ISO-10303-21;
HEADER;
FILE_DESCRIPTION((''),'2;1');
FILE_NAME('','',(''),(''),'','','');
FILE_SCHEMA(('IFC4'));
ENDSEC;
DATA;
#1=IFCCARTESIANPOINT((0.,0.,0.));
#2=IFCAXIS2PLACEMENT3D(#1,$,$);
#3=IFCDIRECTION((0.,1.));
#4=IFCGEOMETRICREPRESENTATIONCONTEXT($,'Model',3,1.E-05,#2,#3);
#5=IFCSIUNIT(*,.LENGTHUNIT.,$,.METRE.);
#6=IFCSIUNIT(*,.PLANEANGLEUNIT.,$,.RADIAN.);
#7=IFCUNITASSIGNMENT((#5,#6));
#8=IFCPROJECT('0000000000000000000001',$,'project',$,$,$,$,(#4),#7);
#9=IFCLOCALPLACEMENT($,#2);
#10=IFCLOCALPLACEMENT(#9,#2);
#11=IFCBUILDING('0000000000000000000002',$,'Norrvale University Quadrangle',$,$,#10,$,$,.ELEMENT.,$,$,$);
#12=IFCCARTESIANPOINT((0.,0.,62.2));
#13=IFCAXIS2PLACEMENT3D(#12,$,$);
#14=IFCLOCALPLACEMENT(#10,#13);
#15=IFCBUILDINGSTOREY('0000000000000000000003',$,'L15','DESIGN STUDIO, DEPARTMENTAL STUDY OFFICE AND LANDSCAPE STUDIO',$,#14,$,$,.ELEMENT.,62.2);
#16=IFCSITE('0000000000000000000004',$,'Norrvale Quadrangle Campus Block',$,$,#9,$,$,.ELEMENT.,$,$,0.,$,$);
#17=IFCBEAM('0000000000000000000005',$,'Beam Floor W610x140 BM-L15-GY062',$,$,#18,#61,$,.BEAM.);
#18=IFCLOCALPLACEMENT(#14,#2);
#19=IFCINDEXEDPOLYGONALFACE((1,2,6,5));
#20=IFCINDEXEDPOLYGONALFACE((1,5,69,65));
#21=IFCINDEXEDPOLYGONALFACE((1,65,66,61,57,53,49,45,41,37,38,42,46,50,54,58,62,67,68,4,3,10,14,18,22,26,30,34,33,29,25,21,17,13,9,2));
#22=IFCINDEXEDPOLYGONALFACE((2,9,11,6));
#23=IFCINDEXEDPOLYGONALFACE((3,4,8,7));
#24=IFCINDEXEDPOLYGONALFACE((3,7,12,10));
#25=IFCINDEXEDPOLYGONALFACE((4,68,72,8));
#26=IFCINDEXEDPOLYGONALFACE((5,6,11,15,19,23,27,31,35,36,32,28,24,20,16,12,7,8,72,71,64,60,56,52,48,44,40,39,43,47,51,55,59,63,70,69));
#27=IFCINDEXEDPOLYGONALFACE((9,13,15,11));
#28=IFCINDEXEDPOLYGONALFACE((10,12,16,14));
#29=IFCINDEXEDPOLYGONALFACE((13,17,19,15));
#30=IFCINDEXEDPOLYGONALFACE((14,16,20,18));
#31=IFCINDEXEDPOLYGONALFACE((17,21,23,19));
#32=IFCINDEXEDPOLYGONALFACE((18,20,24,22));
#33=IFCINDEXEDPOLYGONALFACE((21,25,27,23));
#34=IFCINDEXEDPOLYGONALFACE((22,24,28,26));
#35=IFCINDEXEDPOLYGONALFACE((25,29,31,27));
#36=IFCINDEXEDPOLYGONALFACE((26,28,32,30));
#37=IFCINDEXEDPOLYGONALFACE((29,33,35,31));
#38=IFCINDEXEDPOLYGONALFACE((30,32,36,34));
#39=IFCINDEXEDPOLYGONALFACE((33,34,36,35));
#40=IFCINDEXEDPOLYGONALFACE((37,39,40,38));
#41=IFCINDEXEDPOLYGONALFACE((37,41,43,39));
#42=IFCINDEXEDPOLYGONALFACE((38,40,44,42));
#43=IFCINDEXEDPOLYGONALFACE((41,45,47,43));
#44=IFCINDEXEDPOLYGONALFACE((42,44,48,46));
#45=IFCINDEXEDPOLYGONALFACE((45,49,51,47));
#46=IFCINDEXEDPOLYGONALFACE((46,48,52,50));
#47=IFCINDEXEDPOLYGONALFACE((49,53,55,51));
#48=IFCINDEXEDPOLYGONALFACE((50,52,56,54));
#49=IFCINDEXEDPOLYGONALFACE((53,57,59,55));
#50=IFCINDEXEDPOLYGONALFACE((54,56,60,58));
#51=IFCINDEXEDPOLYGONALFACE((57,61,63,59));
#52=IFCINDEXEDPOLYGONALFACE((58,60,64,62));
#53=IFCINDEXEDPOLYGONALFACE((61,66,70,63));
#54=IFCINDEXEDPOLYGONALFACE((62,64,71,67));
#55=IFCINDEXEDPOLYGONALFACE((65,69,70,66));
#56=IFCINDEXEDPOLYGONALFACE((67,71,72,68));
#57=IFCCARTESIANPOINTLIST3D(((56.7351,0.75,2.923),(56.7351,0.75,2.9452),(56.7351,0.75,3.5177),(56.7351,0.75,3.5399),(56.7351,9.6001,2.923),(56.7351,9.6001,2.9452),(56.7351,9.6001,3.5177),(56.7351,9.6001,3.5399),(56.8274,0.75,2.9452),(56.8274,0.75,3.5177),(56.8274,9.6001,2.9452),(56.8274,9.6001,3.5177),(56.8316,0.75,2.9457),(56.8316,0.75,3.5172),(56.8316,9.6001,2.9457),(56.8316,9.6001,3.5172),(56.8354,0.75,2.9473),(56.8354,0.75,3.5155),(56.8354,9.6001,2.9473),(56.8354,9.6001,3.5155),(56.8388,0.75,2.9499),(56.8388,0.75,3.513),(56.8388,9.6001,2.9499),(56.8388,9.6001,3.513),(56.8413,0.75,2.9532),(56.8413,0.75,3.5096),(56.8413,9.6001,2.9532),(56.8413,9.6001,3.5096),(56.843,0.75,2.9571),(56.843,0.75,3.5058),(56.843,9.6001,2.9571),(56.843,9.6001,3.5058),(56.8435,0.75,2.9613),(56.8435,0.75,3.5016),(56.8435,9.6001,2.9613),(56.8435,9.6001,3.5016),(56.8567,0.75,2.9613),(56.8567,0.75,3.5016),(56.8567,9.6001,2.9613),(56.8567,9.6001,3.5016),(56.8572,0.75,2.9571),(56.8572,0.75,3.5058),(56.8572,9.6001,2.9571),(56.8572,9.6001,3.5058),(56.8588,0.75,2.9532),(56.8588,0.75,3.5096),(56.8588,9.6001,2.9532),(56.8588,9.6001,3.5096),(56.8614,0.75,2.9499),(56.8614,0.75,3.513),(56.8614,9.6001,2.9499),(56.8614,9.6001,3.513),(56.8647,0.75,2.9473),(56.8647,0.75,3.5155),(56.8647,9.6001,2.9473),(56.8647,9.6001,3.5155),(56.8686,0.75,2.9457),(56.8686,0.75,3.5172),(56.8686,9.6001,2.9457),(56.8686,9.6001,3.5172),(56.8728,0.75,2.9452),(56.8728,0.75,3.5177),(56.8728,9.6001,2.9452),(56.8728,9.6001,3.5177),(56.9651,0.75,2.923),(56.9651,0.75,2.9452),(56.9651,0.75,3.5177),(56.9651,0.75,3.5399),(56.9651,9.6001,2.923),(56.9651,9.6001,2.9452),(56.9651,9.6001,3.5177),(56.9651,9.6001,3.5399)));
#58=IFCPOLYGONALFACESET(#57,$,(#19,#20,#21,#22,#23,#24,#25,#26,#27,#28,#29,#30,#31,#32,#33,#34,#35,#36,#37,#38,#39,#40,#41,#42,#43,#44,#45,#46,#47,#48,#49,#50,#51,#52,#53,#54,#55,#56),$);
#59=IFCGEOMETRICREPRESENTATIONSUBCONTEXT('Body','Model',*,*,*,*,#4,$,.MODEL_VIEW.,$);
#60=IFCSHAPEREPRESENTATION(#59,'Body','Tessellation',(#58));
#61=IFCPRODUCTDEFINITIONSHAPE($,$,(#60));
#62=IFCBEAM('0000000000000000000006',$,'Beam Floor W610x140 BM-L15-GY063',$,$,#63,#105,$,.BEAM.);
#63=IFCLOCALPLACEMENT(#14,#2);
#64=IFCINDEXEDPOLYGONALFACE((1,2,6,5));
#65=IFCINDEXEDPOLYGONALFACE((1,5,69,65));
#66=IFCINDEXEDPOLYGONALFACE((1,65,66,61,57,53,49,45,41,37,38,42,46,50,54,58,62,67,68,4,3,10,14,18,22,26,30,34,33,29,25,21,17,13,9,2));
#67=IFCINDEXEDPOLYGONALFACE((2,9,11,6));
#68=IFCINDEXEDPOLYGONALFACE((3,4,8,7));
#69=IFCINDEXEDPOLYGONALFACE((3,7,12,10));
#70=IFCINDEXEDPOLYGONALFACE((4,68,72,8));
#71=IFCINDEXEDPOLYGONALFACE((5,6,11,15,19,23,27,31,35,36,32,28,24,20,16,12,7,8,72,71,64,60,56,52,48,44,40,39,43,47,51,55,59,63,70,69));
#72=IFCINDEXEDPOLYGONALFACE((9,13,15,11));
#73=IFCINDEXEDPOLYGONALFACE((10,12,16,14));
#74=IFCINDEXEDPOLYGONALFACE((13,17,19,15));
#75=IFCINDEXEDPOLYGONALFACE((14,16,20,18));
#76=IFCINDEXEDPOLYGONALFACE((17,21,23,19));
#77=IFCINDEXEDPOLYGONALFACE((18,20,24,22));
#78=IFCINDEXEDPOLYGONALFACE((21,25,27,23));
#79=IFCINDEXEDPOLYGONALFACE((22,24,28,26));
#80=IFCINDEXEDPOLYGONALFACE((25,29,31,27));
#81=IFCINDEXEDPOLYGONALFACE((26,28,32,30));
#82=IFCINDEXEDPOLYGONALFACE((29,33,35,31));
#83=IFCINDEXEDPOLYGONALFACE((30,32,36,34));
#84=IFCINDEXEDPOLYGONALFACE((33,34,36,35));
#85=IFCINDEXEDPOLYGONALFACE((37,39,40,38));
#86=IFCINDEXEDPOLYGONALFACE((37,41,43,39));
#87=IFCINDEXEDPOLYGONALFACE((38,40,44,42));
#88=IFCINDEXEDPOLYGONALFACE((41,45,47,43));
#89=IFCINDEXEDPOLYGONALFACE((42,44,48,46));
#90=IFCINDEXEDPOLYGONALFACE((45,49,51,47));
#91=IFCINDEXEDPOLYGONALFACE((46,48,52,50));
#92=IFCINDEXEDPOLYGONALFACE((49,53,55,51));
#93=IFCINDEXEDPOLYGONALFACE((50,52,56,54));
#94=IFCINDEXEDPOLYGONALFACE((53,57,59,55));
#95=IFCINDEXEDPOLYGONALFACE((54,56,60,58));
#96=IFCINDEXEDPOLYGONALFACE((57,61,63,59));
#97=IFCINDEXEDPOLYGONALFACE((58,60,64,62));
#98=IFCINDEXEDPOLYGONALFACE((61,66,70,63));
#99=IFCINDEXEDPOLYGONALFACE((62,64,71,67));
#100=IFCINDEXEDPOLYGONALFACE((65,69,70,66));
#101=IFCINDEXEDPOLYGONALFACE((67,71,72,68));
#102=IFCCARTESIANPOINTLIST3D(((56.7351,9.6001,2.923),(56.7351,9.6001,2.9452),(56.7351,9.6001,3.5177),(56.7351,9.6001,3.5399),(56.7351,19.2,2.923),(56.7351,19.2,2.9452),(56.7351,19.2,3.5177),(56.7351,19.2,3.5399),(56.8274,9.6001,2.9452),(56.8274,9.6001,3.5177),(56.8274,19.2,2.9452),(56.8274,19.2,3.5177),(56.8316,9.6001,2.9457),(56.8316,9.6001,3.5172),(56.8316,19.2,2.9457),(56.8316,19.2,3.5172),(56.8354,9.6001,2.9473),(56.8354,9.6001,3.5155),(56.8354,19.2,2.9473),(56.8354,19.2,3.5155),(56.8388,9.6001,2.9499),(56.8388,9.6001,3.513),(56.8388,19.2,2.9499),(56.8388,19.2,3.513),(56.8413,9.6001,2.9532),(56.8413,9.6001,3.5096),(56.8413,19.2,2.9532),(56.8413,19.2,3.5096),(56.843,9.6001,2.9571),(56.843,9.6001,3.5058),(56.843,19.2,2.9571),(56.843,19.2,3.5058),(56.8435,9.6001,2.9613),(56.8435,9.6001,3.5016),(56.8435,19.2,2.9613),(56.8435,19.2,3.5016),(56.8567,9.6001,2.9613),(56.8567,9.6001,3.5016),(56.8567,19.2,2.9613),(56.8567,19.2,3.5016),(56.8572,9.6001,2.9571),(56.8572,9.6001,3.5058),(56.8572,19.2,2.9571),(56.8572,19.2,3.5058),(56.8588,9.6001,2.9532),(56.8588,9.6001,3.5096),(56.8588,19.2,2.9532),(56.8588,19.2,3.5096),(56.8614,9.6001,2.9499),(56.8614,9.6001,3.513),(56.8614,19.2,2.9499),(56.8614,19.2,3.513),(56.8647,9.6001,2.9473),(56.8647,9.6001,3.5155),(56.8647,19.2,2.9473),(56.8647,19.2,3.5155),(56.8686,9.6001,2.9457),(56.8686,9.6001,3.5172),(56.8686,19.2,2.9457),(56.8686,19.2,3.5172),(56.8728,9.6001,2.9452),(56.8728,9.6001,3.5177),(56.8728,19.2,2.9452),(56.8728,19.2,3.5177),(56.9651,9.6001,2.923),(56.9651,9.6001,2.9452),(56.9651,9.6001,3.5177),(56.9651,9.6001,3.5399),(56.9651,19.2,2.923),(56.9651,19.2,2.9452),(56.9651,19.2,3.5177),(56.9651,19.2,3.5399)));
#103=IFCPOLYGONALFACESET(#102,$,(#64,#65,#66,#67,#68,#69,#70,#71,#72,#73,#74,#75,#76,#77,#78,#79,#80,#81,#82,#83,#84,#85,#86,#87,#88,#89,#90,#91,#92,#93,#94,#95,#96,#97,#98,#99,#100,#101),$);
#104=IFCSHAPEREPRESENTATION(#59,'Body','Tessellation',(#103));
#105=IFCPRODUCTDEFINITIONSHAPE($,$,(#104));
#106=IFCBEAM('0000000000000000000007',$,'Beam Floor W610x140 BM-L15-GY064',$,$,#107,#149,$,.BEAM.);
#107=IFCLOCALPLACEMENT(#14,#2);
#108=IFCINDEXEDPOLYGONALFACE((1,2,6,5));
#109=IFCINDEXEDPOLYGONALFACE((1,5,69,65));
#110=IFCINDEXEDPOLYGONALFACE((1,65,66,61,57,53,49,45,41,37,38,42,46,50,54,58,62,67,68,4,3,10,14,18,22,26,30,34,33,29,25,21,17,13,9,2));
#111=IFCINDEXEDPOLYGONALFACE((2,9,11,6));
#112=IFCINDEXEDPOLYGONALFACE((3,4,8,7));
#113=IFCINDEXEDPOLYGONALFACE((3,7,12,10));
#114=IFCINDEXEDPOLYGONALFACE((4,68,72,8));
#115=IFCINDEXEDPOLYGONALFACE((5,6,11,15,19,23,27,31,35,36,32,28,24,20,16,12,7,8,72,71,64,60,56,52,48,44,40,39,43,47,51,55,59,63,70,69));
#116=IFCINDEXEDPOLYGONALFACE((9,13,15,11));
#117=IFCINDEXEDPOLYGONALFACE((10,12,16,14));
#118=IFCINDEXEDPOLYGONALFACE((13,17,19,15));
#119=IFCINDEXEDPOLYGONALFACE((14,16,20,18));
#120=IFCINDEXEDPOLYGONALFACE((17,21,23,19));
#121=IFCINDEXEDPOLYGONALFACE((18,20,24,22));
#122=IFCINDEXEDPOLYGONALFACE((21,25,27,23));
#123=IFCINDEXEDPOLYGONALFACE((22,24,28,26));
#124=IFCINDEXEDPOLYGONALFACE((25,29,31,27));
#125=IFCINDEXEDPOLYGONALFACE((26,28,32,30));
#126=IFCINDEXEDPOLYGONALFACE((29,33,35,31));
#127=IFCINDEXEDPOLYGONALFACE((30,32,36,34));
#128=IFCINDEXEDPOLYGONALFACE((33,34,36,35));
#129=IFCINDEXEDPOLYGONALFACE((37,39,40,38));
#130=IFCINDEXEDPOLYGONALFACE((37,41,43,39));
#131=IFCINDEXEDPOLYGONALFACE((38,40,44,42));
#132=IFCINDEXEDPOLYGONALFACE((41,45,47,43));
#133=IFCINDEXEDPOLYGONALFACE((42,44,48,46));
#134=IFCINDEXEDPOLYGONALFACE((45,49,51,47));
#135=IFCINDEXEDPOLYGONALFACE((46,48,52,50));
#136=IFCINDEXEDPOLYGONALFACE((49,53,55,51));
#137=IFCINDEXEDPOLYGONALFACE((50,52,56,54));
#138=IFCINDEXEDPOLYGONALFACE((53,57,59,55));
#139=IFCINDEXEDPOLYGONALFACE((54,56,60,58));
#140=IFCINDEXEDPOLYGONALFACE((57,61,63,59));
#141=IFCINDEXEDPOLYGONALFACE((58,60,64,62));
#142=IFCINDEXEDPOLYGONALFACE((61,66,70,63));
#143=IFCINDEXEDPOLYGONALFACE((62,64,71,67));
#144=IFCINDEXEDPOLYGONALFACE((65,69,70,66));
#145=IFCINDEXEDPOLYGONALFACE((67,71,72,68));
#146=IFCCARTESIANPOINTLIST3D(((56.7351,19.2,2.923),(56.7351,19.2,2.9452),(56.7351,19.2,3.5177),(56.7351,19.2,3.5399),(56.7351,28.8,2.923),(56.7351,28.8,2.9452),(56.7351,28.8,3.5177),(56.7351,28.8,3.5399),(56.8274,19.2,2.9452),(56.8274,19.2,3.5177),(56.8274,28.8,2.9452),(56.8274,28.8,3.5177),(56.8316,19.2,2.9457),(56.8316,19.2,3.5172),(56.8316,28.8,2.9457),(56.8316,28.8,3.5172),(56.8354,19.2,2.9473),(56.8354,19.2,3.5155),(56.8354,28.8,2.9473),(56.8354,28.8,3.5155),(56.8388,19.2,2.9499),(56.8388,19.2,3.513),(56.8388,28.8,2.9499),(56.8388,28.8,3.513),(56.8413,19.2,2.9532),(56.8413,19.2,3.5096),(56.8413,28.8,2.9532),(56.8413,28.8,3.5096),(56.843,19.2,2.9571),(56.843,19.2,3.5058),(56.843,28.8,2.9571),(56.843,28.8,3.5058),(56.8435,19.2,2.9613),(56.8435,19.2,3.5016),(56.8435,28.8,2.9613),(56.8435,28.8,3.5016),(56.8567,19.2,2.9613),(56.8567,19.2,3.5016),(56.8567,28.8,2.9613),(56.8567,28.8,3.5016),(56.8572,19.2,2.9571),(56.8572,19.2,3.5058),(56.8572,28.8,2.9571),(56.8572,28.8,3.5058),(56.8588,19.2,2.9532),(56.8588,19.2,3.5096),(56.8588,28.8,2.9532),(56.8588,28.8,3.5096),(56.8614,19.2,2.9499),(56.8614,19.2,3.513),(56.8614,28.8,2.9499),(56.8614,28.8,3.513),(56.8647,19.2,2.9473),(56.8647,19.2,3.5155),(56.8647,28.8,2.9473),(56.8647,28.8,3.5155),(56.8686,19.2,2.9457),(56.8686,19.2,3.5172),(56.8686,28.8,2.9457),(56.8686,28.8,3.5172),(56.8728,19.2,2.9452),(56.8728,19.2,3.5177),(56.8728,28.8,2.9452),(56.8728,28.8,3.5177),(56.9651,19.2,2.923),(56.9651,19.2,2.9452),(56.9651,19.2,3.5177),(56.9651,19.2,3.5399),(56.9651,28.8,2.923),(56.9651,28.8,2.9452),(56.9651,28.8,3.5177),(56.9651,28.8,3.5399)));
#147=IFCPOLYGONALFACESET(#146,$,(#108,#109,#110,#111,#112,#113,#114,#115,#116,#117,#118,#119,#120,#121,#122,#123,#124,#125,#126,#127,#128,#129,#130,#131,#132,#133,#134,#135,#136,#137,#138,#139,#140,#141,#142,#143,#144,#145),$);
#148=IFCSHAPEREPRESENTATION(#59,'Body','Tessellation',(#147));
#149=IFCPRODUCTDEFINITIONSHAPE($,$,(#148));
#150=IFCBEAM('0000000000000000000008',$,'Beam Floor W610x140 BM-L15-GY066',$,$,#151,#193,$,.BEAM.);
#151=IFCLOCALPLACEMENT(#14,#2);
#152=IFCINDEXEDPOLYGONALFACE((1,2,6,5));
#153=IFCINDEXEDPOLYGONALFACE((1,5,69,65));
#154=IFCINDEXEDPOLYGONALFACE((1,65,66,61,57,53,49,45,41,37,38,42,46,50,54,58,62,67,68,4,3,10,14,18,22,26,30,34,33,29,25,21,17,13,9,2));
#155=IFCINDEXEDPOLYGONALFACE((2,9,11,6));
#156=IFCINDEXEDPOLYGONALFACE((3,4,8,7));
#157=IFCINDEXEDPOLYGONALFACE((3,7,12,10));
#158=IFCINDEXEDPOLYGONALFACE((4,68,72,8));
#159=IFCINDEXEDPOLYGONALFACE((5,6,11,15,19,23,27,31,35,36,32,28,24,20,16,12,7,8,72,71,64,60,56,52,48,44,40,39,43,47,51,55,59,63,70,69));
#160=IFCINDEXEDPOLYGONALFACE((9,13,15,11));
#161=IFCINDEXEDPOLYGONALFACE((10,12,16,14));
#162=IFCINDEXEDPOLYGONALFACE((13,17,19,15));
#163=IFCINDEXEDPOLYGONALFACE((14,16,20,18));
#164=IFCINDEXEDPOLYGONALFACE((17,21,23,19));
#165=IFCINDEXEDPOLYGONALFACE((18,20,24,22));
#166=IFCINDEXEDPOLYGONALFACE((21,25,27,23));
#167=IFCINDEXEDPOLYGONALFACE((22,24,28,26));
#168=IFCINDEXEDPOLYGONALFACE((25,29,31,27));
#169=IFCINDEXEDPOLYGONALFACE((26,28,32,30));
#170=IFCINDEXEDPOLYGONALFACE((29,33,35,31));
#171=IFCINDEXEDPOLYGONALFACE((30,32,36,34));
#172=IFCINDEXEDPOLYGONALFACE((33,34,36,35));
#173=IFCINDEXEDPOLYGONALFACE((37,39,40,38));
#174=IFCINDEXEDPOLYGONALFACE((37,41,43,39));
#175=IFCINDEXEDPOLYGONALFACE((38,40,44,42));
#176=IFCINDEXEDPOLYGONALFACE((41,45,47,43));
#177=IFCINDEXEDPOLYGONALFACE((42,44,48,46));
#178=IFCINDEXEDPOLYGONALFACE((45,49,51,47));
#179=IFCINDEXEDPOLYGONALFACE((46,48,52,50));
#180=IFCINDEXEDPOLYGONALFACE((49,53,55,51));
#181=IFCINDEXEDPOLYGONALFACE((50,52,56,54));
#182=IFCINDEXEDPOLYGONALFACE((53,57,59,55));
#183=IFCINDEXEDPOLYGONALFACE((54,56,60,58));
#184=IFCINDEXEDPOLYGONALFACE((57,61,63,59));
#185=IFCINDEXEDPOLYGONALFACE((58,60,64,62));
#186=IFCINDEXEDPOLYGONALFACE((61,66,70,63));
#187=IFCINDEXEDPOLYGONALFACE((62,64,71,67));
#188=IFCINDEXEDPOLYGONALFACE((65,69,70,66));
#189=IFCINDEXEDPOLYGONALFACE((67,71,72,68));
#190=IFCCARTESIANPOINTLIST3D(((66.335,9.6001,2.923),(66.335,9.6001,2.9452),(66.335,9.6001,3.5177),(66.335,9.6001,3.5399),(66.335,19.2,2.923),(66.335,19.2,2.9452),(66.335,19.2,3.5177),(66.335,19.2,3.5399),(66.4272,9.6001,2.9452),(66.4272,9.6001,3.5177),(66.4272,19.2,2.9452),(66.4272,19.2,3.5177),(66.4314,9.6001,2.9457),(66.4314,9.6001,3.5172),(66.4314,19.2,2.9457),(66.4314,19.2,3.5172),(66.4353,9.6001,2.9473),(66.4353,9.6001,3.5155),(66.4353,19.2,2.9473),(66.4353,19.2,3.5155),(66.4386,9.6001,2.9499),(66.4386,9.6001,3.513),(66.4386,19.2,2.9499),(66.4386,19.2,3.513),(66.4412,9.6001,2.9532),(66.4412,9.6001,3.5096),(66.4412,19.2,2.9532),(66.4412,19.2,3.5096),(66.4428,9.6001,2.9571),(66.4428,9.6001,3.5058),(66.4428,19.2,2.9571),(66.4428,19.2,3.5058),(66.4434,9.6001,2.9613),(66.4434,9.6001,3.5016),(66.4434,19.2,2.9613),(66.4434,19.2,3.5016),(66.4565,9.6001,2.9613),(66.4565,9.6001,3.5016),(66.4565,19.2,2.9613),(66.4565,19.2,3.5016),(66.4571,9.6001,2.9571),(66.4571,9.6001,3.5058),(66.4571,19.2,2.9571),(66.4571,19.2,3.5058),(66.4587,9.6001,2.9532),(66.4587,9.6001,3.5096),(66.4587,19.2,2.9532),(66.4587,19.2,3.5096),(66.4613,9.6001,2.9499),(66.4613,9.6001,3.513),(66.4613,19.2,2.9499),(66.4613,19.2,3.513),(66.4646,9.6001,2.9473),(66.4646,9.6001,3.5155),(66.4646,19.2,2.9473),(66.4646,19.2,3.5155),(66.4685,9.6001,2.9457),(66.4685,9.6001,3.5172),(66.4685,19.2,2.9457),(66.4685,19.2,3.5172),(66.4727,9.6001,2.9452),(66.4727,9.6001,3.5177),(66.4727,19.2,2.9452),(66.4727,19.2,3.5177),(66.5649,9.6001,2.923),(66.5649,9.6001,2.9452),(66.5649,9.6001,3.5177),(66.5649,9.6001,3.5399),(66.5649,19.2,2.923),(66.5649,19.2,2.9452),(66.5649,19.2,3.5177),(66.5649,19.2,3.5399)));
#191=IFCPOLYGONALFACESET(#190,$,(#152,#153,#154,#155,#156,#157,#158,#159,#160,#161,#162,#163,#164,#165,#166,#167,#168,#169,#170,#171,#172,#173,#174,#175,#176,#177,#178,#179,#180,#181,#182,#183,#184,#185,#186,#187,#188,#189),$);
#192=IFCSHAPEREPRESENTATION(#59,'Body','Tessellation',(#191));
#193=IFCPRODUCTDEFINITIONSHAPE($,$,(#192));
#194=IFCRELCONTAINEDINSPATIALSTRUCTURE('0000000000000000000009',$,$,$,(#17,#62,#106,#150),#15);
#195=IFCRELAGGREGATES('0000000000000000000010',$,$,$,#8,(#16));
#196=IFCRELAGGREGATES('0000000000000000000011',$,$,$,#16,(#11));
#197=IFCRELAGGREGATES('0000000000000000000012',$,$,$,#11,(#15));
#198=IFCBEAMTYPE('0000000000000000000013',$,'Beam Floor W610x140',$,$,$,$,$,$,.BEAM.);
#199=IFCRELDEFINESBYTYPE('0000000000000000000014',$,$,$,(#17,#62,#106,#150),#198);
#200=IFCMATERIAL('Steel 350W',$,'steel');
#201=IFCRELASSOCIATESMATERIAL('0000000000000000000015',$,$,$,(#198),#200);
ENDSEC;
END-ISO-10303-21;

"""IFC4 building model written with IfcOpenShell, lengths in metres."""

from ifc_helpers import new_model, si_unit, direction, frame, origin, origin_2d, place, context, subcontext, project, spatial, i_section, extrude, material, material_profile, profile_set, type_object, element, save


model = new_model("IFC4")

# Units and contexts
model_context = context("Model", 3, precision=1e-05, world=origin(), true_north=direction((0.0, 1.0)))
body_context = subcontext(model_context, "Body", "Model", "MODEL_VIEW")
ifc_project = project(units=[si_unit("LENGTHUNIT", "METRE"), si_unit("PLANEANGLEUNIT", "RADIAN")], contexts=[model_context])

# Site, building, storey
site_placement = place(None, origin())
site = spatial("IfcSite", under=ifc_project, at=site_placement, Name="Norrvale Quadrangle Campus Block", CompositionType="ELEMENT", RefElevation=0.0)
building_placement = place(site_placement, origin())
building = spatial("IfcBuilding", under=site, at=building_placement, Name="Norrvale University Quadrangle", CompositionType="ELEMENT")
storey_placement = place(building_placement, frame((0.0, 0.0, 62.2)))
storey = spatial("IfcBuildingStorey", under=building, at=storey_placement, Name="L15", Description="DESIGN STUDIO, DEPARTMENTAL STUDY OFFICE AND LANDSCAPE STUDIO", CompositionType="ELEMENT", Elevation=62.2)

# Beams
ifc_material_1 = material(Name="Steel 350W", Category="steel")
ifc_material_profile_1 = material_profile(ifc_material_1, i_section(OverallWidth=0.23, OverallDepth=0.6169, WebThickness=0.0132, FlangeThickness=0.0222, FilletRadius=0.0161, at=origin_2d()), Name="Steel 350W")
ifc_profile_set_1 = profile_set([ifc_material_profile_1], Name="Steel 350W")
beam_type_1 = type_object("IfcBeamType", Name="Beam Floor W610x140", PredefinedType="BEAM", material=ifc_profile_set_1)
beam_1_placement = place(storey_placement, frame((56.8501, 0.75, 3.2314), z_axis=(0.0, 1.0, 0.0), x_axis=(-1.0, 0.0, 0.0)))
element("IfcBeam", 1, at=beam_1_placement, inside=storey, type_object=beam_type_1, Name="Beam Floor W610x140 BM-L15-GY062", PredefinedType="BEAM", context=body_context, shape_type="SweptSolid", body=[
    extrude(i_section(OverallWidth=0.23, OverallDepth=0.6169, WebThickness=0.0132, FlangeThickness=0.0222, FilletRadius=0.0161, at=origin_2d()), origin(), (0.0, 0.0, 1.0), 8.8501),
])
beam_2_placement = place(storey_placement, frame((56.8501, 9.6001, 3.2314), z_axis=(0.0, 1.0, 0.0), x_axis=(-1.0, 0.0, 0.0)))
element("IfcBeam", 2, at=beam_2_placement, inside=storey, type_object=beam_type_1, Name="Beam Floor W610x140 BM-L15-GY063", PredefinedType="BEAM", context=body_context, shape_type="SweptSolid", body=[
    extrude(i_section(OverallWidth=0.23, OverallDepth=0.6169, WebThickness=0.0132, FlangeThickness=0.0222, FilletRadius=0.0161, at=origin_2d()), origin(), (0.0, 0.0, 1.0), 9.5999),
])
beam_3_placement = place(storey_placement, frame((56.8501, 19.2, 3.2314), z_axis=(0.0, 1.0, 0.0), x_axis=(-1.0, 0.0, 0.0)))
element("IfcBeam", 3, at=beam_3_placement, inside=storey, type_object=beam_type_1, Name="Beam Floor W610x140 BM-L15-GY064", PredefinedType="BEAM", context=body_context, shape_type="SweptSolid", body=[
    extrude(i_section(OverallWidth=0.23, OverallDepth=0.6169, WebThickness=0.0132, FlangeThickness=0.0222, FilletRadius=0.0161, at=origin_2d()), origin(), (0.0, 0.0, 1.0), 9.6001),
])
beam_4_placement = place(storey_placement, frame((66.45, 9.6001, 3.2314), z_axis=(0.0, 1.0, 0.0), x_axis=(-1.0, 0.0, 0.0)))
element("IfcBeam", 4, at=beam_4_placement, inside=storey, type_object=beam_type_1, Name="Beam Floor W610x140 BM-L15-GY066", PredefinedType="BEAM", context=body_context, shape_type="SweptSolid", body=[
    extrude(i_section(OverallWidth=0.23, OverallDepth=0.6169, WebThickness=0.0132, FlangeThickness=0.0222, FilletRadius=0.0161, at=origin_2d()), origin(), (0.0, 0.0, 1.0), 9.5999),
])

save(model, "model.ifc")
